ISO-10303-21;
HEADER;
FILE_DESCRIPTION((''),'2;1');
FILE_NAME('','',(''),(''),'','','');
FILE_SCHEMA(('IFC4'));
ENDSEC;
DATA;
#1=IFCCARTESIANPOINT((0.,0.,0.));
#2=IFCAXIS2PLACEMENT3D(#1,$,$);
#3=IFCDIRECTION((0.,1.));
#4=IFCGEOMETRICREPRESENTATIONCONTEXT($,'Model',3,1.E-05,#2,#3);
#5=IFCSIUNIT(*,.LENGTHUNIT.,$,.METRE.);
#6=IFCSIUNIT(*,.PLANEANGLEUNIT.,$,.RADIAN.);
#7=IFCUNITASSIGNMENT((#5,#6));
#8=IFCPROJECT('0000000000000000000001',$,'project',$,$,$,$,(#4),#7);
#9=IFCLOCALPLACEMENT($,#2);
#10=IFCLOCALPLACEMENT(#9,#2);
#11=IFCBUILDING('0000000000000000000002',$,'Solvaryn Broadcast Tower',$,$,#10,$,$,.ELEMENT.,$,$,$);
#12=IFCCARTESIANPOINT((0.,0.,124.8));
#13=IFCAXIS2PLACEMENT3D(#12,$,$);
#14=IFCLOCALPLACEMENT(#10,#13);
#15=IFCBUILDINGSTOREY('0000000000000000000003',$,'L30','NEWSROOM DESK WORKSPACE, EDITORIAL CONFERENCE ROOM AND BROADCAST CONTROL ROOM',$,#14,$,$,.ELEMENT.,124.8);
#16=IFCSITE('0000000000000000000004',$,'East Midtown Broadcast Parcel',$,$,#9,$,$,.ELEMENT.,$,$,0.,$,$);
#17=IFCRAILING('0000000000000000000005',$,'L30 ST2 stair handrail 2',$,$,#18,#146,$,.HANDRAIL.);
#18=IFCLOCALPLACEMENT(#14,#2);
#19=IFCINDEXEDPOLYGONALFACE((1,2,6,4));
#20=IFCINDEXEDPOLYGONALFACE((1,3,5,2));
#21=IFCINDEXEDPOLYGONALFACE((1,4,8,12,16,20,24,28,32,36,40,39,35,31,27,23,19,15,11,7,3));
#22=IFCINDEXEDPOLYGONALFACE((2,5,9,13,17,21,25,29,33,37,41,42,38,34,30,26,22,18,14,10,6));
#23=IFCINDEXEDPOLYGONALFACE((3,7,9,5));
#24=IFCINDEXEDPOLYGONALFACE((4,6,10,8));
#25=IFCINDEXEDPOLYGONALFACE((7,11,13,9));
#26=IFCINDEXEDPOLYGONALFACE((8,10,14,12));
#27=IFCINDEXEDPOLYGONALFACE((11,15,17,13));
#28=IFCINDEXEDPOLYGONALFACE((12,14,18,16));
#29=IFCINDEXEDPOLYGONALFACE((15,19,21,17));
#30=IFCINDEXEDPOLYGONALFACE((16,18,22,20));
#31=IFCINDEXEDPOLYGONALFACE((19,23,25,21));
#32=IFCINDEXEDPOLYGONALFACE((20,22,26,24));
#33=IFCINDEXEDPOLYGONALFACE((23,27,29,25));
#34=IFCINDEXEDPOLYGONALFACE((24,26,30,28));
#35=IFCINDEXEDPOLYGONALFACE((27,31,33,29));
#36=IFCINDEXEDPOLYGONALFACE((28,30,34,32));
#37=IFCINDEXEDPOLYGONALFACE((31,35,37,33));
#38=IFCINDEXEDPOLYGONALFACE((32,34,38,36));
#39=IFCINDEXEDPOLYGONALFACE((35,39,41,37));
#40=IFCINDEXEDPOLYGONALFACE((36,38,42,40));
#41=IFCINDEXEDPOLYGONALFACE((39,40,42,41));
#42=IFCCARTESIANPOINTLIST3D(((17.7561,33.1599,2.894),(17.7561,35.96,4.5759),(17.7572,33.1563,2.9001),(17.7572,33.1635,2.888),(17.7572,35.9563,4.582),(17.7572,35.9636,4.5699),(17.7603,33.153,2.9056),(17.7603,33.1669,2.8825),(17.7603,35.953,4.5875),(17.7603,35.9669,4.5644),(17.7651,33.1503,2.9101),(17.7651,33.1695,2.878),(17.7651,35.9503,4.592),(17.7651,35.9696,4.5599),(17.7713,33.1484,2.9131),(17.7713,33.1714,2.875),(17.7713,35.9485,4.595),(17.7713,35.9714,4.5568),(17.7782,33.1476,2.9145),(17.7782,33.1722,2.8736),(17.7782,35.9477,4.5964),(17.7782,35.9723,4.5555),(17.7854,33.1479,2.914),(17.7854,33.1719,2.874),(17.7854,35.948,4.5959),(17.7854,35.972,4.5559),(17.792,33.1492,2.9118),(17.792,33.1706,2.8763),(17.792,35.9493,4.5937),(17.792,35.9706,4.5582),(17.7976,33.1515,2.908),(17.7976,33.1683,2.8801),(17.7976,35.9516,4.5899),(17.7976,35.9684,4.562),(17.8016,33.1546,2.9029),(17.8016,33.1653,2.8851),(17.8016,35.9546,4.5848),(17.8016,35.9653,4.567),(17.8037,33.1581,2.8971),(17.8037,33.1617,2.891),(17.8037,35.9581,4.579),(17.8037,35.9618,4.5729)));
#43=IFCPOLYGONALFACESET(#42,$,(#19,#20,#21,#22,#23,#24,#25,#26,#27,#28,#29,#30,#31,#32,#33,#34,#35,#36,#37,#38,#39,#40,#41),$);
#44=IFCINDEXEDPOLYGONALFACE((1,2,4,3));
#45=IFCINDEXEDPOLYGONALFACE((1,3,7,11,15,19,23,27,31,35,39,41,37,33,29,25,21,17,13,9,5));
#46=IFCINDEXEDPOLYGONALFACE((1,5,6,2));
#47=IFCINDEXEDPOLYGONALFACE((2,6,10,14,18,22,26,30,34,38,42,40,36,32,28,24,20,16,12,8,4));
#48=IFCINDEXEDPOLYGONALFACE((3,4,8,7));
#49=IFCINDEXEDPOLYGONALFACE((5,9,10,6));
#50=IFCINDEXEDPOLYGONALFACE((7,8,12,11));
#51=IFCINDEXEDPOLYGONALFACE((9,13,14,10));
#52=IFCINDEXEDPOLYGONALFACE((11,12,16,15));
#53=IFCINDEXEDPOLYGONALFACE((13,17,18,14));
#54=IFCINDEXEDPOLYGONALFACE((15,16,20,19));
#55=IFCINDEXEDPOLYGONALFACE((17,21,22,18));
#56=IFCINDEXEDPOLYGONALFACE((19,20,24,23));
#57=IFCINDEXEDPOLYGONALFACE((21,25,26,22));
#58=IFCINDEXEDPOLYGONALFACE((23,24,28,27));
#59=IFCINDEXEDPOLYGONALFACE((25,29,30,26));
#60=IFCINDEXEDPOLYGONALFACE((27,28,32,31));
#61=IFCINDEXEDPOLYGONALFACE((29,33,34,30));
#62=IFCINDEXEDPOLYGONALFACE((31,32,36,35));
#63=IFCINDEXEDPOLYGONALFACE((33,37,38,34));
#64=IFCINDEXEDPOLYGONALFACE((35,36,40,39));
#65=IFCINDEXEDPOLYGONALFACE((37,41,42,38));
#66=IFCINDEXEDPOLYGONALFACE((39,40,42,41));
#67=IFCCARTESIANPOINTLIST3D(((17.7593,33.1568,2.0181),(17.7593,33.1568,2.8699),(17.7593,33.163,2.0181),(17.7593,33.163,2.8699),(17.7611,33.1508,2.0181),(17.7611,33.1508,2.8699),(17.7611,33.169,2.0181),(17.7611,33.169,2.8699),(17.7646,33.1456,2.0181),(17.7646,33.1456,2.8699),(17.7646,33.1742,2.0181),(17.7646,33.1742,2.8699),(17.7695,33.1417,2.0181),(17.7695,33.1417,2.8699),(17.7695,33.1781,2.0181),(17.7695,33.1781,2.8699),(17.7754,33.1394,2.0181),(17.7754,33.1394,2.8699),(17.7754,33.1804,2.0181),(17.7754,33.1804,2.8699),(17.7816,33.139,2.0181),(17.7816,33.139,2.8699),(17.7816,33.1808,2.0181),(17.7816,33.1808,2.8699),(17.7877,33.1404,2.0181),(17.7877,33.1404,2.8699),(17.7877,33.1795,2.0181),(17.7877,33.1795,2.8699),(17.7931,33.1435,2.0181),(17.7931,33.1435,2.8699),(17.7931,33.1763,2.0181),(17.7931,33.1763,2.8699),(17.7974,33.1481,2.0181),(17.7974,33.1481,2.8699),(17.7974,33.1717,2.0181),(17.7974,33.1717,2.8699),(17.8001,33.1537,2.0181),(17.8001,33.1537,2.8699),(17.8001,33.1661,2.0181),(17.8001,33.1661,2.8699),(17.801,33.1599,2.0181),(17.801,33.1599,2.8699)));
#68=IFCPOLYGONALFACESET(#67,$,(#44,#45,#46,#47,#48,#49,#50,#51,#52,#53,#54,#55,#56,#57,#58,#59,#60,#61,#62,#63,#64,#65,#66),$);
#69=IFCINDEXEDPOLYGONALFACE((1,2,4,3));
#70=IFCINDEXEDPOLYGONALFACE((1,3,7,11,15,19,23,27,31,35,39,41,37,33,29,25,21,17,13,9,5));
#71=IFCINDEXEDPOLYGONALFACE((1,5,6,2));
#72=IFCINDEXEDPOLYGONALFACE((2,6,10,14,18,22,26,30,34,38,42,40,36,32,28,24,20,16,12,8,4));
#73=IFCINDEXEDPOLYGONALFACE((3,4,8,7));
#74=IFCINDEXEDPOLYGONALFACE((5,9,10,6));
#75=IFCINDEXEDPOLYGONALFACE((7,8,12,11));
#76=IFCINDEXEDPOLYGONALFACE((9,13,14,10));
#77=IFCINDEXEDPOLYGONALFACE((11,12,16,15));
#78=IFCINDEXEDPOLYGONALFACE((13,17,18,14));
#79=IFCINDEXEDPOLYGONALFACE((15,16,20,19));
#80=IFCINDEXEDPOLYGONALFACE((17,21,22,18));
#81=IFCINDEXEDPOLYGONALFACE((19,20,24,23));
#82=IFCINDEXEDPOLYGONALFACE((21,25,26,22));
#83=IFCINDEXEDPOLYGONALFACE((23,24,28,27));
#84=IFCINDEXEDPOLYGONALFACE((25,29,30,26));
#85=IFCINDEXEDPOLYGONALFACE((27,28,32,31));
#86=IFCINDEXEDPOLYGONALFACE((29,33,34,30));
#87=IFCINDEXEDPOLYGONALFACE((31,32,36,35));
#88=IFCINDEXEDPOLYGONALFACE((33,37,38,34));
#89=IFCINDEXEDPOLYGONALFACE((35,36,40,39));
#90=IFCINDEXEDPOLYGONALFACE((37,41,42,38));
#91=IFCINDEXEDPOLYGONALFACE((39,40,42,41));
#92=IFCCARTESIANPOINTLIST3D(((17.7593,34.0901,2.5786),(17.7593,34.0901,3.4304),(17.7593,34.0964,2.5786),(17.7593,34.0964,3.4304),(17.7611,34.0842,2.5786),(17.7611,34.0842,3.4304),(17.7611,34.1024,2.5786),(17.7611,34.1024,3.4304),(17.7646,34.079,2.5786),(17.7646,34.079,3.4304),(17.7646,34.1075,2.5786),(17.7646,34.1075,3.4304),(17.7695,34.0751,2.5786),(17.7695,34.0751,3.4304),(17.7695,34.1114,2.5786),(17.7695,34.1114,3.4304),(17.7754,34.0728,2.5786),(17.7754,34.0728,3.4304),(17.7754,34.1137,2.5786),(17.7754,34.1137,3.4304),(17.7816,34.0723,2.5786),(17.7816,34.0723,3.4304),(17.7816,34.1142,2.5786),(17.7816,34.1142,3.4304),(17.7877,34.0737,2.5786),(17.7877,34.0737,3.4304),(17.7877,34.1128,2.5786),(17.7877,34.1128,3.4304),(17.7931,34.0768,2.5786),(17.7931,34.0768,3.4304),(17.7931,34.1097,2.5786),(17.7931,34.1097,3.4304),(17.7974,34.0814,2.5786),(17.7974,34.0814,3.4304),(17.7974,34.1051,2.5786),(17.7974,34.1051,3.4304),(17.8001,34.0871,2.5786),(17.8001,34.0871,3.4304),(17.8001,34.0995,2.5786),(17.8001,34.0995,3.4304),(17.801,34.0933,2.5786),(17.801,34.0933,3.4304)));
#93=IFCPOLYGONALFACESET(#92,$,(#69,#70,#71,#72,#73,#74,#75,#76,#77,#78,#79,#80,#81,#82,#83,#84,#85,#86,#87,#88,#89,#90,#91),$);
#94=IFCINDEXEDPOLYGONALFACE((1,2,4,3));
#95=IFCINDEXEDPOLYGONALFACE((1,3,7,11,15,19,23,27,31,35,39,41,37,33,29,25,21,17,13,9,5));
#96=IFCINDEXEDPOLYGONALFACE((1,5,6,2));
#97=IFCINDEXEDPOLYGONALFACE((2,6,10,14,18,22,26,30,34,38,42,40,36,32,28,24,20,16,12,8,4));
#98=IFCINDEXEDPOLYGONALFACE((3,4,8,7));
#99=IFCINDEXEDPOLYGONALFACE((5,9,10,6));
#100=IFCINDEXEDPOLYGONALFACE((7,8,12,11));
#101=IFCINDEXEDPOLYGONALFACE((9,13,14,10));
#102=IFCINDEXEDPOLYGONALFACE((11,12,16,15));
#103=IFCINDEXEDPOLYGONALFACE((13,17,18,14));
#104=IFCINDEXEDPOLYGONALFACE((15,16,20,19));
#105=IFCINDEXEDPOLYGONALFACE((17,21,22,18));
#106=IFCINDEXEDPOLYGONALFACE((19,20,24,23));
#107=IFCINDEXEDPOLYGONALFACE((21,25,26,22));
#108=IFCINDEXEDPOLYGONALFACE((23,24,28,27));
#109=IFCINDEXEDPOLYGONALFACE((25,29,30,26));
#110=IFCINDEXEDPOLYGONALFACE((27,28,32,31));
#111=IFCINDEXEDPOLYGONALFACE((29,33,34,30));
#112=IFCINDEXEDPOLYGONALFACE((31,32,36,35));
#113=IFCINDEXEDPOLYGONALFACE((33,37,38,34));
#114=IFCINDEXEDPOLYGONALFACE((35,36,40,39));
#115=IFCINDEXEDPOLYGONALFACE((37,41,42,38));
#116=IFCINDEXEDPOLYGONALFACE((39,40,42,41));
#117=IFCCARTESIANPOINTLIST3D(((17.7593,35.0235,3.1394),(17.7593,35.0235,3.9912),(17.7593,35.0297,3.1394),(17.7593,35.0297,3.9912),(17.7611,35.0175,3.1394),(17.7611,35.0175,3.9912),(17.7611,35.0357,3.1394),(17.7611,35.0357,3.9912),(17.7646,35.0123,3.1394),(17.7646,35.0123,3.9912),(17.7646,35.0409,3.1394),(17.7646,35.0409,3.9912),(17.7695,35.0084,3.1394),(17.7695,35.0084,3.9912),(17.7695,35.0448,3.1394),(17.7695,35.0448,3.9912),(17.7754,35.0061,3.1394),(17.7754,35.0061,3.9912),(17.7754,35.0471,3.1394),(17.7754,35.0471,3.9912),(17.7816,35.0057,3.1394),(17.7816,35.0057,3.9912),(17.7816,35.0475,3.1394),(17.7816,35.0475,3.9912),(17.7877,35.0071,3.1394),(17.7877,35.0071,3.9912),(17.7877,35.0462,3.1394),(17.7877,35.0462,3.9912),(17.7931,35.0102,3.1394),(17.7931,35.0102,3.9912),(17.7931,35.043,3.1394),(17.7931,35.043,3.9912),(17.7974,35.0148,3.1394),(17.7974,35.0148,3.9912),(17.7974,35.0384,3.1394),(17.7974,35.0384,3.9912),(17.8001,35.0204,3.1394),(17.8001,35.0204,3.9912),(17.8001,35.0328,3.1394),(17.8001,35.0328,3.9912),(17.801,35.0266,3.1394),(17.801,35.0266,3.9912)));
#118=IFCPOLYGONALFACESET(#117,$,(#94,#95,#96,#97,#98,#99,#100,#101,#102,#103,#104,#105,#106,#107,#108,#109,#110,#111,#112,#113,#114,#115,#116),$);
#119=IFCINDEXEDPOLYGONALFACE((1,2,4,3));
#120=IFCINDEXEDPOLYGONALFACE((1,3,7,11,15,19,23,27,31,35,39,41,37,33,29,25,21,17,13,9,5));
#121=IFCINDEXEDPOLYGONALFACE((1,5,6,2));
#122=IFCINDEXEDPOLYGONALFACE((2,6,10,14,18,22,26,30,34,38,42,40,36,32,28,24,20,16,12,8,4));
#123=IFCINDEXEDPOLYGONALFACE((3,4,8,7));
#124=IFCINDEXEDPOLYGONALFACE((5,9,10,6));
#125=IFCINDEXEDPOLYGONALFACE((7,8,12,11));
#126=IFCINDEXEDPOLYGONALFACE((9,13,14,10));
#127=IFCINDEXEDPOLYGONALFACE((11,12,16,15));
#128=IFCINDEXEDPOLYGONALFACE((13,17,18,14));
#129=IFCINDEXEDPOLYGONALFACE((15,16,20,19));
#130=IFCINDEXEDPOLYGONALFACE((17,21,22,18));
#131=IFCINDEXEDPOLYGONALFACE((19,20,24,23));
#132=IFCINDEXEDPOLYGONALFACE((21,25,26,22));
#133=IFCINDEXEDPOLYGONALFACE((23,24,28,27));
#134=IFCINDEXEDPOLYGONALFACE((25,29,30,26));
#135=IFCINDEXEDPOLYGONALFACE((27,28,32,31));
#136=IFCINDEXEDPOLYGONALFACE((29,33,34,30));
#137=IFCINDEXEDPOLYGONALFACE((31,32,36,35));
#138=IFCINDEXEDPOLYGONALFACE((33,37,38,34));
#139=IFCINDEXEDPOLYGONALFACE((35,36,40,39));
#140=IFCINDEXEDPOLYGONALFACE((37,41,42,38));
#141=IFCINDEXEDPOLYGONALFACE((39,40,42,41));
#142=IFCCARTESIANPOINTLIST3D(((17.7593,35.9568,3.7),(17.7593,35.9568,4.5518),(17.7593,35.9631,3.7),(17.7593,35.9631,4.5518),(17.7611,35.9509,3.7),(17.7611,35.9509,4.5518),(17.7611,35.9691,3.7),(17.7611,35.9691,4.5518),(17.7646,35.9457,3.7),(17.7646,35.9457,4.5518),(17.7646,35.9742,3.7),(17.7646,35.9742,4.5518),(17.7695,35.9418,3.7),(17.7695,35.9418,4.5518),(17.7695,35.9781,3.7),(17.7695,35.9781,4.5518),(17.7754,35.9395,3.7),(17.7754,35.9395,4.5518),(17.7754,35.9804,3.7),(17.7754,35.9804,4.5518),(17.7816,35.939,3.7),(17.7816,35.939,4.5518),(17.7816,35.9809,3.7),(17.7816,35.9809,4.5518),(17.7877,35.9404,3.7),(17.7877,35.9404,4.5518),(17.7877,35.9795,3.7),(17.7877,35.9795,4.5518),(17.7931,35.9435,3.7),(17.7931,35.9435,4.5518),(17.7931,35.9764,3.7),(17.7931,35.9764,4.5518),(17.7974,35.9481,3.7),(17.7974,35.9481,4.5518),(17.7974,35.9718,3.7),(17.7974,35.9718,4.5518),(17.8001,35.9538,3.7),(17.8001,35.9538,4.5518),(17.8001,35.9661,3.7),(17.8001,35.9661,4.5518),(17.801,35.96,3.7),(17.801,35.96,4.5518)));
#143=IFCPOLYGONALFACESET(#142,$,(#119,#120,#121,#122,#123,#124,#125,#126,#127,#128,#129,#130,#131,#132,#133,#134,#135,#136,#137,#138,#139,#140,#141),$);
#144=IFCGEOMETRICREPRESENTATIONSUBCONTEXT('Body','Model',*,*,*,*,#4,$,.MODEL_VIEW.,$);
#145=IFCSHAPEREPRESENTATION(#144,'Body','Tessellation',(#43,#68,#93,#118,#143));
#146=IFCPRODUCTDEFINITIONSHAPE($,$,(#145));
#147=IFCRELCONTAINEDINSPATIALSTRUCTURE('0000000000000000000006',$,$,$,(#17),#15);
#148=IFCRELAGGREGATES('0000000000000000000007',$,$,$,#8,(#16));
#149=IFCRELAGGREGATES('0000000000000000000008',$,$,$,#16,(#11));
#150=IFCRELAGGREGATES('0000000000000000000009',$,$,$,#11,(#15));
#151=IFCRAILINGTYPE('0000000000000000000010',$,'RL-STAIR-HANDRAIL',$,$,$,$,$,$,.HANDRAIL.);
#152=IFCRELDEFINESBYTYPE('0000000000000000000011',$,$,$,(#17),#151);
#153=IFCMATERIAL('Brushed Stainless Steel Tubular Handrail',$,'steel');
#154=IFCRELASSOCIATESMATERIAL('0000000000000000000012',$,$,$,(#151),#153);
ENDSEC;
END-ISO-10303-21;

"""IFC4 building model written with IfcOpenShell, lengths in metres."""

from ifc_helpers import new_model, si_unit, direction, frame, origin, origin_2d, place, context, subcontext, project, spatial, circle, extrude, material, type_object, element, save


model = new_model("IFC4")

# Units and contexts
model_context = context("Model", 3, precision=1e-05, world=origin(), true_north=direction((0.0, 1.0)))
body_context = subcontext(model_context, "Body", "Model", "MODEL_VIEW")
ifc_project = project(units=[si_unit("LENGTHUNIT", "METRE"), si_unit("PLANEANGLEUNIT", "RADIAN")], contexts=[model_context])

# Site, building, storey
site_placement = place(None, origin())
site = spatial("IfcSite", under=ifc_project, at=site_placement, Name="East Midtown Broadcast Parcel", CompositionType="ELEMENT", RefElevation=0.0)
building_placement = place(site_placement, origin())
building = spatial("IfcBuilding", under=site, at=building_placement, Name="Solvaryn Broadcast Tower", CompositionType="ELEMENT")
storey_placement = place(building_placement, frame((0.0, 0.0, 124.8)))
storey = spatial("IfcBuildingStorey", under=building, at=storey_placement, Name="L30", Description="NEWSROOM DESK WORKSPACE, EDITORIAL CONFERENCE ROOM AND BROADCAST CONTROL ROOM", CompositionType="ELEMENT", Elevation=124.8)

# Railing
ifc_material_1 = material(Name="Brushed Stainless Steel Tubular Handrail", Category="steel")
railing_type_1 = type_object("IfcRailingType", Name="RL-STAIR-HANDRAIL", PredefinedType="HANDRAIL", material=ifc_material_1)
railing_1_placement = place(storey_placement, frame((17.78, 33.1599, 2.0181)))
element("IfcRailing", 1, at=railing_1_placement, inside=storey, type_object=railing_type_1, Name="L30 ST2 stair handrail 2", PredefinedType="HANDRAIL", context=body_context, shape_type="SweptSolid", body=[
    extrude(circle(Radius=0.0239, at=origin_2d()), frame((0.0, 0.0, 0.876), z_axis=(0.0, 0.857242, 0.514913), x_axis=(-1.0, 0.0, 0.0)), (0.0, 0.0, 1.0), 3.2664),
    extrude(circle(Radius=0.021, at=origin_2d()), origin(), (0.0, 0.0, 1.0), 0.8518),
    extrude(circle(Radius=0.021, at=origin_2d()), frame((0.0, 0.9333, 0.5605)), (0.0, 0.0, 1.0), 0.8518),
    extrude(circle(Radius=0.021, at=origin_2d()), frame((0.0, 1.8667, 1.1213)), (0.0, 0.0, 1.0), 0.8518),
    extrude(circle(Radius=0.021, at=origin_2d()), frame((0.0, 2.8, 1.6819)), (0.0, 0.0, 1.0), 0.8518),
])

save(model, "model.ifc")
